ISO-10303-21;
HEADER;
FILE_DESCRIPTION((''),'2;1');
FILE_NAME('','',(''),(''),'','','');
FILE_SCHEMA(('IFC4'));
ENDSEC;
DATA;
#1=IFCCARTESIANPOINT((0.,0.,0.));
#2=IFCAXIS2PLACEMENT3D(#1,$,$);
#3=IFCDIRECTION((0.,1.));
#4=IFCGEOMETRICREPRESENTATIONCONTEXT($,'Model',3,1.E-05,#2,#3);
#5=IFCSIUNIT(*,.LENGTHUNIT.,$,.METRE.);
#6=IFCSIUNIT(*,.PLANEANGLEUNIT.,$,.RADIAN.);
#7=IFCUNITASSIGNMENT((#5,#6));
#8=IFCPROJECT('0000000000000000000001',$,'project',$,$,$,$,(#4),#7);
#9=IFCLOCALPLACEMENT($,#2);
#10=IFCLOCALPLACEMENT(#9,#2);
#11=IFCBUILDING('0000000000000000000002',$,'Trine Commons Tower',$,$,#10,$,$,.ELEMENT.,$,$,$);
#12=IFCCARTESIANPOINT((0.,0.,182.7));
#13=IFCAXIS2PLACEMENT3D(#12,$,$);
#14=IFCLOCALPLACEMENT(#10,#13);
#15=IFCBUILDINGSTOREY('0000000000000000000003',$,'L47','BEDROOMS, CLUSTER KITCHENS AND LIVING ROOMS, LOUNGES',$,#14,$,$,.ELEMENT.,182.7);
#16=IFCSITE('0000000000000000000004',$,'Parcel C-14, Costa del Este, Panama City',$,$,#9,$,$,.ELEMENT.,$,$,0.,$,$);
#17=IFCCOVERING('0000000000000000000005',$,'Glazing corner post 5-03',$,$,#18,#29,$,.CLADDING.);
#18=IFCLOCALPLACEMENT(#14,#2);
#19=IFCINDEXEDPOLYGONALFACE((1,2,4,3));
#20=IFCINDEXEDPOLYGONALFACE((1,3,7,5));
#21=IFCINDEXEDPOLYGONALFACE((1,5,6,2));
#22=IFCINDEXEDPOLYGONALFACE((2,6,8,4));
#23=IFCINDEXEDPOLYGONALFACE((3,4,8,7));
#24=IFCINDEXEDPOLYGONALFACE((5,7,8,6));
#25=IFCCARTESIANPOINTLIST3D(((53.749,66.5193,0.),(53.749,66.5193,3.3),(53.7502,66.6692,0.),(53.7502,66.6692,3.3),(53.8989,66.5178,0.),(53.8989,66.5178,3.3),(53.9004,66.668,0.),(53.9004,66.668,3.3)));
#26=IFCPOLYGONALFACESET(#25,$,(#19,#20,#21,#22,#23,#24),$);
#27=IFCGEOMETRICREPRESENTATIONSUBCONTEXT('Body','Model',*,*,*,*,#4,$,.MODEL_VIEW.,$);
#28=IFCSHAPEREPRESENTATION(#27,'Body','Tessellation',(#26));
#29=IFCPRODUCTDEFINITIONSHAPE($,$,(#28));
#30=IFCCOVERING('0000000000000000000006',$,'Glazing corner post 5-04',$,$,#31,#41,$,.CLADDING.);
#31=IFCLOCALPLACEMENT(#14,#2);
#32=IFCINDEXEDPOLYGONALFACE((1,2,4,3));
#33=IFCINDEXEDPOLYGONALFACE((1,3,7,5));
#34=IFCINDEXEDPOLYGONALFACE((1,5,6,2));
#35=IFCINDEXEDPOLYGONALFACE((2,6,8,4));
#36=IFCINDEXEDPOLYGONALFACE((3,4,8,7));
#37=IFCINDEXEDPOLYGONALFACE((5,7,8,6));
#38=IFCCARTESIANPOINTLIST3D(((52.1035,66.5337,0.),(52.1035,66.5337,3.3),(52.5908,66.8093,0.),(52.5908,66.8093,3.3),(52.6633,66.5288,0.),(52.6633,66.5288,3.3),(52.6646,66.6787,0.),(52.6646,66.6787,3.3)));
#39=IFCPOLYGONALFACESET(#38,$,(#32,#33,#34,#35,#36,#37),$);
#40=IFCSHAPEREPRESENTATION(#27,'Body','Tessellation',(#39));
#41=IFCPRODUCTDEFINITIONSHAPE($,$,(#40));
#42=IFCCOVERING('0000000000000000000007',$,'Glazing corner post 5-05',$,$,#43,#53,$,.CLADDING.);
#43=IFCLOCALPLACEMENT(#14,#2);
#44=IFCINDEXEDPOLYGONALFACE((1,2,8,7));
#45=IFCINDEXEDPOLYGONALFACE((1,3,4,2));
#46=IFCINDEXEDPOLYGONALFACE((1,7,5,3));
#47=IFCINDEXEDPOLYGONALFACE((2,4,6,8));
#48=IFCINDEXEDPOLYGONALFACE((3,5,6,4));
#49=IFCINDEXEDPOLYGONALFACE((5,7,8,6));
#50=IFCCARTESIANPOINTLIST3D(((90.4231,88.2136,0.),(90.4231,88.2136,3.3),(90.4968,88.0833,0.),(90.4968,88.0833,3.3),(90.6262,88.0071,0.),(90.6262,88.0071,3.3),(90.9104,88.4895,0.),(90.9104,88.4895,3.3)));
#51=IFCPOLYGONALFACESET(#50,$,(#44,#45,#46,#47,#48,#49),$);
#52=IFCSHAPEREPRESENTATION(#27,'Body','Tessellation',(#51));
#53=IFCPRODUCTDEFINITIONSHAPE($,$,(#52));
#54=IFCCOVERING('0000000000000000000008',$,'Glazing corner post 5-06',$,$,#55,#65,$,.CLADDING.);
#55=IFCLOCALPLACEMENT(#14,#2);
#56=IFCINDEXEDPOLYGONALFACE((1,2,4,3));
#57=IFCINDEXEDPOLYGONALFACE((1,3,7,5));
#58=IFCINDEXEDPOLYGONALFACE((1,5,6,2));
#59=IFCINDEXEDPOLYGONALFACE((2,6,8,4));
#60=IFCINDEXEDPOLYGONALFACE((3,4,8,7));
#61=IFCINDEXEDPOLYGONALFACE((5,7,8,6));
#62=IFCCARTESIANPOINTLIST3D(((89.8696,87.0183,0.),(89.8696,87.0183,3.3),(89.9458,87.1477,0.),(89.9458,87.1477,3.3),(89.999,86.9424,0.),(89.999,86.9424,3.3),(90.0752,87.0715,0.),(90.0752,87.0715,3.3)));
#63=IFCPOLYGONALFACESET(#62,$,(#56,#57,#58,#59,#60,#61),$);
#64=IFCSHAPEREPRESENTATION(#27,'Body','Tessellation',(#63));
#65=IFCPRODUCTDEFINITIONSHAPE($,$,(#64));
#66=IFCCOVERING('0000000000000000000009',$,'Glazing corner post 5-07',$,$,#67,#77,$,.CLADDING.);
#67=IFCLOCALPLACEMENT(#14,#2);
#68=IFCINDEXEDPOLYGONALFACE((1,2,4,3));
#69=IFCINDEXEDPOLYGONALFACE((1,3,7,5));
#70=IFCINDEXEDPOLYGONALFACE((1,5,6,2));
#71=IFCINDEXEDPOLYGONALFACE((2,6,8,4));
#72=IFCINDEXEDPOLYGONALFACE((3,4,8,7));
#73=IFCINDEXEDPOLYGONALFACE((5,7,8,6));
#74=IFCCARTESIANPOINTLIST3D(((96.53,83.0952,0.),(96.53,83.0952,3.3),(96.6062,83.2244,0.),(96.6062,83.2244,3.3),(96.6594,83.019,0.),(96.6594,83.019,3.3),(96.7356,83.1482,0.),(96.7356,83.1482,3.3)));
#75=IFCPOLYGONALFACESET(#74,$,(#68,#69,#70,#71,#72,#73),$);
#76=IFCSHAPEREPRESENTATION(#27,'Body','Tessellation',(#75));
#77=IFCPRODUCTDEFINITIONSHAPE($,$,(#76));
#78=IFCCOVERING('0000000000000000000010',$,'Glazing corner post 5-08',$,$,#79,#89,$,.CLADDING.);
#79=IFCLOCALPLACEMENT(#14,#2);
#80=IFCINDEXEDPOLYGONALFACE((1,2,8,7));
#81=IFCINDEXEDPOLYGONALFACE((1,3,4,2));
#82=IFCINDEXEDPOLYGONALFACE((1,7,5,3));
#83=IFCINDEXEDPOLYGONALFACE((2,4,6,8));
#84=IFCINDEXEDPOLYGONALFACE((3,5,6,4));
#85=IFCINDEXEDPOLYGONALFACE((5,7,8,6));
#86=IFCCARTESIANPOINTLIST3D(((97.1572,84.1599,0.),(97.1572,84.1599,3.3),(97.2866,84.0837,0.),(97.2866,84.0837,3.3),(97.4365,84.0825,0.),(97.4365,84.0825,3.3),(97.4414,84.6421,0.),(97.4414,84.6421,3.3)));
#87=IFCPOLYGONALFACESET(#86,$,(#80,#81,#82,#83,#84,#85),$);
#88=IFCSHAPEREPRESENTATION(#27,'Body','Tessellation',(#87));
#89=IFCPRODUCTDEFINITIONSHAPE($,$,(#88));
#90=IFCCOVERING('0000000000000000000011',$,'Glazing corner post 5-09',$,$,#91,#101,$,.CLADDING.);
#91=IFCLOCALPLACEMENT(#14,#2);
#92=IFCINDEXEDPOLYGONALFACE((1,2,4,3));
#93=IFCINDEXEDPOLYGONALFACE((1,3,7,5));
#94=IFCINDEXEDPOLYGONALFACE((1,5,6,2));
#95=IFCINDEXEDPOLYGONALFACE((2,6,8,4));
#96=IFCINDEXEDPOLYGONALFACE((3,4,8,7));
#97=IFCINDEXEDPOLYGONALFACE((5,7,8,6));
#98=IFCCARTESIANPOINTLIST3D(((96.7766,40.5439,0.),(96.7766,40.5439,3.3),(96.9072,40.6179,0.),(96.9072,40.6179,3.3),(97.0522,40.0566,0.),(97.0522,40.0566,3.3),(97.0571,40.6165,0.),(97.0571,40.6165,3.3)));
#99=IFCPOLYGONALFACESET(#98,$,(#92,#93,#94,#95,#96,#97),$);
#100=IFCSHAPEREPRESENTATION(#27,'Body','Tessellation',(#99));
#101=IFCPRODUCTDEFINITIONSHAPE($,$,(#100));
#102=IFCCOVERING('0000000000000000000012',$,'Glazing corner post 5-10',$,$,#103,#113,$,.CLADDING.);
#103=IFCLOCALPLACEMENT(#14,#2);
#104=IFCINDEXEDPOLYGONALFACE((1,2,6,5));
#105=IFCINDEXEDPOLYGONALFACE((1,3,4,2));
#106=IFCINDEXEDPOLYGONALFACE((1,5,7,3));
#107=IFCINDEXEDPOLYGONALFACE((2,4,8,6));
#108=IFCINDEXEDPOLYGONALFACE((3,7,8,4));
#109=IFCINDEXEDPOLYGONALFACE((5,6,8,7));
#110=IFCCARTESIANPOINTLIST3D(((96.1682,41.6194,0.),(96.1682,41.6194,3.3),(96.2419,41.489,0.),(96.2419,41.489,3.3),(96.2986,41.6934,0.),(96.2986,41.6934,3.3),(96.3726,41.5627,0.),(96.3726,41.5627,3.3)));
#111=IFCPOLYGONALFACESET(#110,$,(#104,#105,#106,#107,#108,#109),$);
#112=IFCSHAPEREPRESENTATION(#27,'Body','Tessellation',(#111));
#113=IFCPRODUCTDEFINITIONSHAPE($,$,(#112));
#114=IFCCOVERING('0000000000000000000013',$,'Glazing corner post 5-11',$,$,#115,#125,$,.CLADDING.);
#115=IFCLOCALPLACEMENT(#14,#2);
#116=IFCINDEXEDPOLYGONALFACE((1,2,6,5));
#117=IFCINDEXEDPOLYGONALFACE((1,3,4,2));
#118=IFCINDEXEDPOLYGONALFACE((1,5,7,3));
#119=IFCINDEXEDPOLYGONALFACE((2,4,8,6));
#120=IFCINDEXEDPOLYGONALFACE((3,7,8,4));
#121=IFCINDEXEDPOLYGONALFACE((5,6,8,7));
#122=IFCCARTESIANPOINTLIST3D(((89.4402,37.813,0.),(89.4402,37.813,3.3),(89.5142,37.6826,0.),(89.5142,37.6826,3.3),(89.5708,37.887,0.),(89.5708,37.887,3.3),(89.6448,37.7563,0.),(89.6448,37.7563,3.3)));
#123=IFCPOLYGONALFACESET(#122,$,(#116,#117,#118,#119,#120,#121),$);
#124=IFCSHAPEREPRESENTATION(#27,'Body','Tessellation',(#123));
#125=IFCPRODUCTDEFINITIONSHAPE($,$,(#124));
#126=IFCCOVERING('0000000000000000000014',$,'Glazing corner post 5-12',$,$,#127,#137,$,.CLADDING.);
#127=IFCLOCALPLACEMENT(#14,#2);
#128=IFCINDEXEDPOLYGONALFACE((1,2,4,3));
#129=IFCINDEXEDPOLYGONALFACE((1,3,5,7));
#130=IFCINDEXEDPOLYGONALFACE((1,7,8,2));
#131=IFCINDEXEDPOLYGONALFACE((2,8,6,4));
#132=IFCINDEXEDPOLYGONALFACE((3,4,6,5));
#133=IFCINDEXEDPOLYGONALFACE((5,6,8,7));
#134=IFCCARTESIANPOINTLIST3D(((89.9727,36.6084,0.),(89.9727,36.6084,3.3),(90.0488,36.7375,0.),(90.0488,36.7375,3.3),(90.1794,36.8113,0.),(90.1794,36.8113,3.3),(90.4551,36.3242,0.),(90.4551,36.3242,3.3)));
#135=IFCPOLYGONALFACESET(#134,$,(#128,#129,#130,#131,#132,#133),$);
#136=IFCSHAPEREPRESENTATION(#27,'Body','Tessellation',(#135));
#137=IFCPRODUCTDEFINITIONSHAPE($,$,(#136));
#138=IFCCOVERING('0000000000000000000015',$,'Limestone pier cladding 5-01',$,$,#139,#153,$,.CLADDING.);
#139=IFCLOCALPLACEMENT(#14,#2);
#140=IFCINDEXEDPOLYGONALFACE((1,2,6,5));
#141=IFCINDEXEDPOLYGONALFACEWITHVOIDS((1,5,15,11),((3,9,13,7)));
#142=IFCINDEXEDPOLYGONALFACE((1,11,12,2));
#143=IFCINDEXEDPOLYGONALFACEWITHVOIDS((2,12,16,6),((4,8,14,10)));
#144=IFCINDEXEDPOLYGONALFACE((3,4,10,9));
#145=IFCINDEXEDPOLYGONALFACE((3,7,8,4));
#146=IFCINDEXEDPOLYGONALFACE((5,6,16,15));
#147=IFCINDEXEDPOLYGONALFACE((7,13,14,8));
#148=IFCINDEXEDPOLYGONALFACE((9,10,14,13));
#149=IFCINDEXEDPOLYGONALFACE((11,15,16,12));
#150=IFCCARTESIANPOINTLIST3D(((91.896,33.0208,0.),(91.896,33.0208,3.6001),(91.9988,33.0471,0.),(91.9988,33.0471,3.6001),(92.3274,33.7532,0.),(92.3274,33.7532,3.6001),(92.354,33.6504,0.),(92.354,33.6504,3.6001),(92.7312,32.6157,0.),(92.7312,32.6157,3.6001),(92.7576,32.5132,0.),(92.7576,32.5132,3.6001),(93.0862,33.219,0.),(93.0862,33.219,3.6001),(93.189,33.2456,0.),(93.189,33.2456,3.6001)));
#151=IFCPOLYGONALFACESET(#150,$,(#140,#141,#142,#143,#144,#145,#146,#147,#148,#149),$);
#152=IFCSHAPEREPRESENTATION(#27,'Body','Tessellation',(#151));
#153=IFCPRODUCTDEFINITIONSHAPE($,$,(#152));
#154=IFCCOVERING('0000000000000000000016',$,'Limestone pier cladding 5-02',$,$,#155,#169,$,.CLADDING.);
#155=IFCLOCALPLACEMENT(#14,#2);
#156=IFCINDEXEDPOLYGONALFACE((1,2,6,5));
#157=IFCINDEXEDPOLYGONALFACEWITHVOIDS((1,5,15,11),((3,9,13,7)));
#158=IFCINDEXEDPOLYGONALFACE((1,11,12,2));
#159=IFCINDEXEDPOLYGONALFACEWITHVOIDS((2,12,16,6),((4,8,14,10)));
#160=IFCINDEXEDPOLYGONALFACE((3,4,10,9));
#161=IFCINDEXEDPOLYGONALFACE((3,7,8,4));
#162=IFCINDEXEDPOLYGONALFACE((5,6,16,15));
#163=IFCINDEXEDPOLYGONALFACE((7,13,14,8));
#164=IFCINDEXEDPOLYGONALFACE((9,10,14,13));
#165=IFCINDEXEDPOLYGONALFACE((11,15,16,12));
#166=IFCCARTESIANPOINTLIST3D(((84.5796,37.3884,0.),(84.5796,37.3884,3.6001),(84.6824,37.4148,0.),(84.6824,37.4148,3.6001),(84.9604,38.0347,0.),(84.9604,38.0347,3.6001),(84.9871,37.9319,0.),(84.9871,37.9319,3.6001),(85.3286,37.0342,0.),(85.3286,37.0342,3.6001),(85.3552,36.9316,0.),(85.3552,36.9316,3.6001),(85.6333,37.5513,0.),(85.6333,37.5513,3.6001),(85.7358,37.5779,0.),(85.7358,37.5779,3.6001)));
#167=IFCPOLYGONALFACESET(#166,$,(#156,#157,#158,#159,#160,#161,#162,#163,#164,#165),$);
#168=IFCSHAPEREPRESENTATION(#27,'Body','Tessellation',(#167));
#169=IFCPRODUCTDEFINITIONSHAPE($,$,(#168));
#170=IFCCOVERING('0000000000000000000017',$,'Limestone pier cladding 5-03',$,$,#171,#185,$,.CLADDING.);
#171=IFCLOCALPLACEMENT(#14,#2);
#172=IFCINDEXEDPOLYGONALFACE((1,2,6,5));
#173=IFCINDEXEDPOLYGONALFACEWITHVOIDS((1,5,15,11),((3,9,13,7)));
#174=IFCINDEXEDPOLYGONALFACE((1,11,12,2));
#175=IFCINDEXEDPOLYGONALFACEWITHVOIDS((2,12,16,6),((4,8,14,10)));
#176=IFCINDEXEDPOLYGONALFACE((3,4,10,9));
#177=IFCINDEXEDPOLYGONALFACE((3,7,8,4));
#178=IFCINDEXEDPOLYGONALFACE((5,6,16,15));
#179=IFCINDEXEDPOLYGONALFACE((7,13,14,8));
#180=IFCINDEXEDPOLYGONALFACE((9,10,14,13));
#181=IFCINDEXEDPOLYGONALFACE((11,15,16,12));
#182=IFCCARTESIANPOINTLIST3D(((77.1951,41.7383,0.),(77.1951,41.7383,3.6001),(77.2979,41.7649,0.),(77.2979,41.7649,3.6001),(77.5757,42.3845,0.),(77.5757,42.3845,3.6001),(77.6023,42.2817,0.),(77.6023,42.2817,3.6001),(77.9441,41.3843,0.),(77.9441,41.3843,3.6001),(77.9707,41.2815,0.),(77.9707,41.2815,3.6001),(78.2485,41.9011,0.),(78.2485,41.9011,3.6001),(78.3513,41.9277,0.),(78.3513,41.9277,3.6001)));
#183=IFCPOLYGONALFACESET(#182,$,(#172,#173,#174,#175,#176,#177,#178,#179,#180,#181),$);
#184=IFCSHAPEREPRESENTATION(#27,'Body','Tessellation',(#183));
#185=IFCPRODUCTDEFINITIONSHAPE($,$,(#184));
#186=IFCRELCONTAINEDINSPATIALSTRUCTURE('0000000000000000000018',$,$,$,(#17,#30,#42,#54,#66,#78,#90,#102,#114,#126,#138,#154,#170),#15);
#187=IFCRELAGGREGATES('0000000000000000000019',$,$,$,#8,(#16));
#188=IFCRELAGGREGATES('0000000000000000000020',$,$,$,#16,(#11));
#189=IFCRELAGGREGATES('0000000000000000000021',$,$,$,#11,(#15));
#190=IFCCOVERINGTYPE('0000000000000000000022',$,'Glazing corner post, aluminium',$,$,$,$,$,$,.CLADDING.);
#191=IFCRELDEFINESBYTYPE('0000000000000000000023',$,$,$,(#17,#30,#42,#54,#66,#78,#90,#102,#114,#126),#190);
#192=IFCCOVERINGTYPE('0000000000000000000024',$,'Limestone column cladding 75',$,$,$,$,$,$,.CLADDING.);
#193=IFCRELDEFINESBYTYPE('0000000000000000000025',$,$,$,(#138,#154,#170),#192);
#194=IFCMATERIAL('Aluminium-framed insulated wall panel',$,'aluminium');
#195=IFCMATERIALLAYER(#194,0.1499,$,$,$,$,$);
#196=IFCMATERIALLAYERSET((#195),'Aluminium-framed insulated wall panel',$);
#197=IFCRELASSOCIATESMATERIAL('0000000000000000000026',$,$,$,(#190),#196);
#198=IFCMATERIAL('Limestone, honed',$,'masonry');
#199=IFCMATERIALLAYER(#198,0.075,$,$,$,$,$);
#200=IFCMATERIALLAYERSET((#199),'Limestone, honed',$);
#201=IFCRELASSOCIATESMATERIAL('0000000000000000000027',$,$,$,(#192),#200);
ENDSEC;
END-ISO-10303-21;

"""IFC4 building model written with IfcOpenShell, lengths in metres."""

from ifc_helpers import new_model, si_unit, direction, frame, origin, place, context, subcontext, project, spatial, polyline, outline, extrude, material, layer, layer_set, type_object, element, save


model = new_model("IFC4")

# Units and contexts
model_context = context("Model", 3, precision=1e-05, world=origin(), true_north=direction((0.0, 1.0)))
body_context = subcontext(model_context, "Body", "Model", "MODEL_VIEW")
ifc_project = project(units=[si_unit("LENGTHUNIT", "METRE"), si_unit("PLANEANGLEUNIT", "RADIAN")], contexts=[model_context])

# Site, building, storey
site_placement = place(None, origin())
site = spatial("IfcSite", under=ifc_project, at=site_placement, Name="Parcel C-14, Costa del Este, Panama City", CompositionType="ELEMENT", RefElevation=0.0)
building_placement = place(site_placement, origin())
building = spatial("IfcBuilding", under=site, at=building_placement, Name="Trine Commons Tower", CompositionType="ELEMENT")
storey_placement = place(building_placement, frame((0.0, 0.0, 182.7)))
storey = spatial("IfcBuildingStorey", under=building, at=storey_placement, Name="L47", Description="BEDROOMS, CLUSTER KITCHENS AND LIVING ROOMS, LOUNGES", CompositionType="ELEMENT", Elevation=182.7)

# Coverings
ifc_material_1 = material(Name="Aluminium-framed insulated wall panel", Category="aluminium")
ifc_layer_1 = layer(ifc_material_1, 0.1499)
ifc_layer_set_1 = layer_set([ifc_layer_1], Name="Aluminium-framed insulated wall panel")
covering_type_1 = type_object("IfcCoveringType", Name="Glazing corner post, aluminium", PredefinedType="CLADDING", material=ifc_layer_set_1)
covering_1_placement = place(storey_placement, origin())
element("IfcCovering", 1, at=covering_1_placement, inside=storey, type_object=covering_type_1, Name="Glazing corner post 5-03", PredefinedType="CLADDING", context=body_context, shape_type="SweptSolid", body=[
    extrude(outline(polyline([(53.8989, 66.5178), (53.9004, 66.668), (53.7502, 66.6692), (53.749, 66.5193), (53.8989, 66.5178)])), origin(), (0.0, 0.0, 1.0), 3.3),
])
covering_2_placement = place(storey_placement, origin())
element("IfcCovering", 2, at=covering_2_placement, inside=storey, type_object=covering_type_1, Name="Glazing corner post 5-04", PredefinedType="CLADDING", context=body_context, shape_type="SweptSolid", body=[
    extrude(outline(polyline([(52.6633, 66.5288), (52.6646, 66.6787), (52.5908, 66.8093), (52.1035, 66.5337), (52.6633, 66.5288)])), origin(), (0.0, 0.0, 1.0), 3.3),
])
covering_3_placement = place(storey_placement, origin())
element("IfcCovering", 3, at=covering_3_placement, inside=storey, type_object=covering_type_1, Name="Glazing corner post 5-05", PredefinedType="CLADDING", context=body_context, shape_type="SweptSolid", body=[
    extrude(outline(polyline([(90.6262, 88.0071), (90.9104, 88.4895), (90.4231, 88.2136), (90.4968, 88.0833), (90.6262, 88.0071)])), origin(), (0.0, 0.0, 1.0), 3.3),
])
covering_4_placement = place(storey_placement, origin())
element("IfcCovering", 4, at=covering_4_placement, inside=storey, type_object=covering_type_1, Name="Glazing corner post 5-06", PredefinedType="CLADDING", context=body_context, shape_type="SweptSolid", body=[
    extrude(outline(polyline([(89.999, 86.9424), (90.0752, 87.0715), (89.9458, 87.1477), (89.8696, 87.0183), (89.999, 86.9424)])), origin(), (0.0, 0.0, 1.0), 3.3),
])
covering_5_placement = place(storey_placement, origin())
element("IfcCovering", 5, at=covering_5_placement, inside=storey, type_object=covering_type_1, Name="Glazing corner post 5-07", PredefinedType="CLADDING", context=body_context, shape_type="SweptSolid", body=[
    extrude(outline(polyline([(96.53, 83.0952), (96.6594, 83.019), (96.7356, 83.1482), (96.6062, 83.2244), (96.53, 83.0952)])), origin(), (0.0, 0.0, 1.0), 3.3),
])
covering_6_placement = place(storey_placement, origin())
element("IfcCovering", 6, at=covering_6_placement, inside=storey, type_object=covering_type_1, Name="Glazing corner post 5-08", PredefinedType="CLADDING", context=body_context, shape_type="SweptSolid", body=[
    extrude(outline(polyline([(97.4365, 84.0825), (97.4414, 84.6421), (97.1572, 84.1599), (97.2866, 84.0837), (97.4365, 84.0825)])), origin(), (0.0, 0.0, 1.0), 3.3),
])
covering_7_placement = place(storey_placement, origin())
element("IfcCovering", 7, at=covering_7_placement, inside=storey, type_object=covering_type_1, Name="Glazing corner post 5-09", PredefinedType="CLADDING", context=body_context, shape_type="SweptSolid", body=[
    extrude(outline(polyline([(96.7766, 40.5439), (97.0522, 40.0566), (97.0571, 40.6165), (96.9072, 40.6179), (96.9072, 40.6179), (96.7766, 40.5439)])), origin(), (0.0, 0.0, 1.0), 3.3),
])
covering_8_placement = place(storey_placement, origin())
element("IfcCovering", 8, at=covering_8_placement, inside=storey, type_object=covering_type_1, Name="Glazing corner post 5-10", PredefinedType="CLADDING", context=body_context, shape_type="SweptSolid", body=[
    extrude(outline(polyline([(96.1682, 41.6194), (96.2419, 41.489), (96.3726, 41.5627), (96.2986, 41.6934), (96.1682, 41.6194)])), origin(), (0.0, 0.0, 1.0), 3.3),
])
covering_9_placement = place(storey_placement, origin())
element("IfcCovering", 9, at=covering_9_placement, inside=storey, type_object=covering_type_1, Name="Glazing corner post 5-11", PredefinedType="CLADDING", context=body_context, shape_type="SweptSolid", body=[
    extrude(outline(polyline([(89.5142, 37.6826), (89.6448, 37.7563), (89.5708, 37.887), (89.4402, 37.813), (89.5142, 37.6826)])), origin(), (0.0, 0.0, 1.0), 3.3),
])
covering_10_placement = place(storey_placement, origin())
element("IfcCovering", 10, at=covering_10_placement, inside=storey, type_object=covering_type_1, Name="Glazing corner post 5-12", PredefinedType="CLADDING", context=body_context, shape_type="SweptSolid", body=[
    extrude(outline(polyline([(89.9727, 36.6084), (90.4551, 36.3242), (90.1794, 36.8113), (90.0488, 36.7375), (89.9727, 36.6084)])), origin(), (0.0, 0.0, 1.0), 3.3),
])
ifc_material_2 = material(Name="Limestone, honed", Category="masonry")
ifc_layer_2 = layer(ifc_material_2, 0.075)
ifc_layer_set_2 = layer_set([ifc_layer_2], Name="Limestone, honed")
covering_type_2 = type_object("IfcCoveringType", Name="Limestone column cladding 75", PredefinedType="CLADDING", material=ifc_layer_set_2)
covering_11_placement = place(storey_placement, origin())
element("IfcCovering", 11, at=covering_11_placement, inside=storey, type_object=covering_type_2, Name="Limestone pier cladding 5-01", PredefinedType="CLADDING", context=body_context, shape_type="SweptSolid", body=[
    extrude(outline(polyline([(92.3274, 33.7532), (91.896, 33.0208), (92.7576, 32.5132), (93.189, 33.2456), (92.3274, 33.7532)]), holes=[polyline([(92.354, 33.6504), (91.9988, 33.0471), (92.7312, 32.6157), (93.0862, 33.219), (92.354, 33.6504)])]), origin(), (0.0, 0.0, 1.0), 3.6001),
])
covering_12_placement = place(storey_placement, origin())
element("IfcCovering", 12, at=covering_12_placement, inside=storey, type_object=covering_type_2, Name="Limestone pier cladding 5-02", PredefinedType="CLADDING", context=body_context, shape_type="SweptSolid", body=[
    extrude(outline(polyline([(84.9604, 38.0347), (84.5796, 37.3884), (85.3552, 36.9316), (85.7358, 37.5779), (84.9604, 38.0347)]), holes=[polyline([(84.9871, 37.9319), (84.6824, 37.4148), (85.3286, 37.0342), (85.6333, 37.5513), (84.9871, 37.9319)])]), origin(), (0.0, 0.0, 1.0), 3.6001),
])
covering_13_placement = place(storey_placement, origin())
element("IfcCovering", 13, at=covering_13_placement, inside=storey, type_object=covering_type_2, Name="Limestone pier cladding 5-03", PredefinedType="CLADDING", context=body_context, shape_type="SweptSolid", body=[
    extrude(outline(polyline([(77.5757, 42.3845), (77.1951, 41.7383), (77.9707, 41.2815), (78.3513, 41.9277), (77.5757, 42.3845)]), holes=[polyline([(77.6023, 42.2817), (77.2979, 41.7649), (77.9441, 41.3843), (78.2485, 41.9011), (77.6023, 42.2817)])]), origin(), (0.0, 0.0, 1.0), 3.6001),
])

save(model, "model.ifc")
